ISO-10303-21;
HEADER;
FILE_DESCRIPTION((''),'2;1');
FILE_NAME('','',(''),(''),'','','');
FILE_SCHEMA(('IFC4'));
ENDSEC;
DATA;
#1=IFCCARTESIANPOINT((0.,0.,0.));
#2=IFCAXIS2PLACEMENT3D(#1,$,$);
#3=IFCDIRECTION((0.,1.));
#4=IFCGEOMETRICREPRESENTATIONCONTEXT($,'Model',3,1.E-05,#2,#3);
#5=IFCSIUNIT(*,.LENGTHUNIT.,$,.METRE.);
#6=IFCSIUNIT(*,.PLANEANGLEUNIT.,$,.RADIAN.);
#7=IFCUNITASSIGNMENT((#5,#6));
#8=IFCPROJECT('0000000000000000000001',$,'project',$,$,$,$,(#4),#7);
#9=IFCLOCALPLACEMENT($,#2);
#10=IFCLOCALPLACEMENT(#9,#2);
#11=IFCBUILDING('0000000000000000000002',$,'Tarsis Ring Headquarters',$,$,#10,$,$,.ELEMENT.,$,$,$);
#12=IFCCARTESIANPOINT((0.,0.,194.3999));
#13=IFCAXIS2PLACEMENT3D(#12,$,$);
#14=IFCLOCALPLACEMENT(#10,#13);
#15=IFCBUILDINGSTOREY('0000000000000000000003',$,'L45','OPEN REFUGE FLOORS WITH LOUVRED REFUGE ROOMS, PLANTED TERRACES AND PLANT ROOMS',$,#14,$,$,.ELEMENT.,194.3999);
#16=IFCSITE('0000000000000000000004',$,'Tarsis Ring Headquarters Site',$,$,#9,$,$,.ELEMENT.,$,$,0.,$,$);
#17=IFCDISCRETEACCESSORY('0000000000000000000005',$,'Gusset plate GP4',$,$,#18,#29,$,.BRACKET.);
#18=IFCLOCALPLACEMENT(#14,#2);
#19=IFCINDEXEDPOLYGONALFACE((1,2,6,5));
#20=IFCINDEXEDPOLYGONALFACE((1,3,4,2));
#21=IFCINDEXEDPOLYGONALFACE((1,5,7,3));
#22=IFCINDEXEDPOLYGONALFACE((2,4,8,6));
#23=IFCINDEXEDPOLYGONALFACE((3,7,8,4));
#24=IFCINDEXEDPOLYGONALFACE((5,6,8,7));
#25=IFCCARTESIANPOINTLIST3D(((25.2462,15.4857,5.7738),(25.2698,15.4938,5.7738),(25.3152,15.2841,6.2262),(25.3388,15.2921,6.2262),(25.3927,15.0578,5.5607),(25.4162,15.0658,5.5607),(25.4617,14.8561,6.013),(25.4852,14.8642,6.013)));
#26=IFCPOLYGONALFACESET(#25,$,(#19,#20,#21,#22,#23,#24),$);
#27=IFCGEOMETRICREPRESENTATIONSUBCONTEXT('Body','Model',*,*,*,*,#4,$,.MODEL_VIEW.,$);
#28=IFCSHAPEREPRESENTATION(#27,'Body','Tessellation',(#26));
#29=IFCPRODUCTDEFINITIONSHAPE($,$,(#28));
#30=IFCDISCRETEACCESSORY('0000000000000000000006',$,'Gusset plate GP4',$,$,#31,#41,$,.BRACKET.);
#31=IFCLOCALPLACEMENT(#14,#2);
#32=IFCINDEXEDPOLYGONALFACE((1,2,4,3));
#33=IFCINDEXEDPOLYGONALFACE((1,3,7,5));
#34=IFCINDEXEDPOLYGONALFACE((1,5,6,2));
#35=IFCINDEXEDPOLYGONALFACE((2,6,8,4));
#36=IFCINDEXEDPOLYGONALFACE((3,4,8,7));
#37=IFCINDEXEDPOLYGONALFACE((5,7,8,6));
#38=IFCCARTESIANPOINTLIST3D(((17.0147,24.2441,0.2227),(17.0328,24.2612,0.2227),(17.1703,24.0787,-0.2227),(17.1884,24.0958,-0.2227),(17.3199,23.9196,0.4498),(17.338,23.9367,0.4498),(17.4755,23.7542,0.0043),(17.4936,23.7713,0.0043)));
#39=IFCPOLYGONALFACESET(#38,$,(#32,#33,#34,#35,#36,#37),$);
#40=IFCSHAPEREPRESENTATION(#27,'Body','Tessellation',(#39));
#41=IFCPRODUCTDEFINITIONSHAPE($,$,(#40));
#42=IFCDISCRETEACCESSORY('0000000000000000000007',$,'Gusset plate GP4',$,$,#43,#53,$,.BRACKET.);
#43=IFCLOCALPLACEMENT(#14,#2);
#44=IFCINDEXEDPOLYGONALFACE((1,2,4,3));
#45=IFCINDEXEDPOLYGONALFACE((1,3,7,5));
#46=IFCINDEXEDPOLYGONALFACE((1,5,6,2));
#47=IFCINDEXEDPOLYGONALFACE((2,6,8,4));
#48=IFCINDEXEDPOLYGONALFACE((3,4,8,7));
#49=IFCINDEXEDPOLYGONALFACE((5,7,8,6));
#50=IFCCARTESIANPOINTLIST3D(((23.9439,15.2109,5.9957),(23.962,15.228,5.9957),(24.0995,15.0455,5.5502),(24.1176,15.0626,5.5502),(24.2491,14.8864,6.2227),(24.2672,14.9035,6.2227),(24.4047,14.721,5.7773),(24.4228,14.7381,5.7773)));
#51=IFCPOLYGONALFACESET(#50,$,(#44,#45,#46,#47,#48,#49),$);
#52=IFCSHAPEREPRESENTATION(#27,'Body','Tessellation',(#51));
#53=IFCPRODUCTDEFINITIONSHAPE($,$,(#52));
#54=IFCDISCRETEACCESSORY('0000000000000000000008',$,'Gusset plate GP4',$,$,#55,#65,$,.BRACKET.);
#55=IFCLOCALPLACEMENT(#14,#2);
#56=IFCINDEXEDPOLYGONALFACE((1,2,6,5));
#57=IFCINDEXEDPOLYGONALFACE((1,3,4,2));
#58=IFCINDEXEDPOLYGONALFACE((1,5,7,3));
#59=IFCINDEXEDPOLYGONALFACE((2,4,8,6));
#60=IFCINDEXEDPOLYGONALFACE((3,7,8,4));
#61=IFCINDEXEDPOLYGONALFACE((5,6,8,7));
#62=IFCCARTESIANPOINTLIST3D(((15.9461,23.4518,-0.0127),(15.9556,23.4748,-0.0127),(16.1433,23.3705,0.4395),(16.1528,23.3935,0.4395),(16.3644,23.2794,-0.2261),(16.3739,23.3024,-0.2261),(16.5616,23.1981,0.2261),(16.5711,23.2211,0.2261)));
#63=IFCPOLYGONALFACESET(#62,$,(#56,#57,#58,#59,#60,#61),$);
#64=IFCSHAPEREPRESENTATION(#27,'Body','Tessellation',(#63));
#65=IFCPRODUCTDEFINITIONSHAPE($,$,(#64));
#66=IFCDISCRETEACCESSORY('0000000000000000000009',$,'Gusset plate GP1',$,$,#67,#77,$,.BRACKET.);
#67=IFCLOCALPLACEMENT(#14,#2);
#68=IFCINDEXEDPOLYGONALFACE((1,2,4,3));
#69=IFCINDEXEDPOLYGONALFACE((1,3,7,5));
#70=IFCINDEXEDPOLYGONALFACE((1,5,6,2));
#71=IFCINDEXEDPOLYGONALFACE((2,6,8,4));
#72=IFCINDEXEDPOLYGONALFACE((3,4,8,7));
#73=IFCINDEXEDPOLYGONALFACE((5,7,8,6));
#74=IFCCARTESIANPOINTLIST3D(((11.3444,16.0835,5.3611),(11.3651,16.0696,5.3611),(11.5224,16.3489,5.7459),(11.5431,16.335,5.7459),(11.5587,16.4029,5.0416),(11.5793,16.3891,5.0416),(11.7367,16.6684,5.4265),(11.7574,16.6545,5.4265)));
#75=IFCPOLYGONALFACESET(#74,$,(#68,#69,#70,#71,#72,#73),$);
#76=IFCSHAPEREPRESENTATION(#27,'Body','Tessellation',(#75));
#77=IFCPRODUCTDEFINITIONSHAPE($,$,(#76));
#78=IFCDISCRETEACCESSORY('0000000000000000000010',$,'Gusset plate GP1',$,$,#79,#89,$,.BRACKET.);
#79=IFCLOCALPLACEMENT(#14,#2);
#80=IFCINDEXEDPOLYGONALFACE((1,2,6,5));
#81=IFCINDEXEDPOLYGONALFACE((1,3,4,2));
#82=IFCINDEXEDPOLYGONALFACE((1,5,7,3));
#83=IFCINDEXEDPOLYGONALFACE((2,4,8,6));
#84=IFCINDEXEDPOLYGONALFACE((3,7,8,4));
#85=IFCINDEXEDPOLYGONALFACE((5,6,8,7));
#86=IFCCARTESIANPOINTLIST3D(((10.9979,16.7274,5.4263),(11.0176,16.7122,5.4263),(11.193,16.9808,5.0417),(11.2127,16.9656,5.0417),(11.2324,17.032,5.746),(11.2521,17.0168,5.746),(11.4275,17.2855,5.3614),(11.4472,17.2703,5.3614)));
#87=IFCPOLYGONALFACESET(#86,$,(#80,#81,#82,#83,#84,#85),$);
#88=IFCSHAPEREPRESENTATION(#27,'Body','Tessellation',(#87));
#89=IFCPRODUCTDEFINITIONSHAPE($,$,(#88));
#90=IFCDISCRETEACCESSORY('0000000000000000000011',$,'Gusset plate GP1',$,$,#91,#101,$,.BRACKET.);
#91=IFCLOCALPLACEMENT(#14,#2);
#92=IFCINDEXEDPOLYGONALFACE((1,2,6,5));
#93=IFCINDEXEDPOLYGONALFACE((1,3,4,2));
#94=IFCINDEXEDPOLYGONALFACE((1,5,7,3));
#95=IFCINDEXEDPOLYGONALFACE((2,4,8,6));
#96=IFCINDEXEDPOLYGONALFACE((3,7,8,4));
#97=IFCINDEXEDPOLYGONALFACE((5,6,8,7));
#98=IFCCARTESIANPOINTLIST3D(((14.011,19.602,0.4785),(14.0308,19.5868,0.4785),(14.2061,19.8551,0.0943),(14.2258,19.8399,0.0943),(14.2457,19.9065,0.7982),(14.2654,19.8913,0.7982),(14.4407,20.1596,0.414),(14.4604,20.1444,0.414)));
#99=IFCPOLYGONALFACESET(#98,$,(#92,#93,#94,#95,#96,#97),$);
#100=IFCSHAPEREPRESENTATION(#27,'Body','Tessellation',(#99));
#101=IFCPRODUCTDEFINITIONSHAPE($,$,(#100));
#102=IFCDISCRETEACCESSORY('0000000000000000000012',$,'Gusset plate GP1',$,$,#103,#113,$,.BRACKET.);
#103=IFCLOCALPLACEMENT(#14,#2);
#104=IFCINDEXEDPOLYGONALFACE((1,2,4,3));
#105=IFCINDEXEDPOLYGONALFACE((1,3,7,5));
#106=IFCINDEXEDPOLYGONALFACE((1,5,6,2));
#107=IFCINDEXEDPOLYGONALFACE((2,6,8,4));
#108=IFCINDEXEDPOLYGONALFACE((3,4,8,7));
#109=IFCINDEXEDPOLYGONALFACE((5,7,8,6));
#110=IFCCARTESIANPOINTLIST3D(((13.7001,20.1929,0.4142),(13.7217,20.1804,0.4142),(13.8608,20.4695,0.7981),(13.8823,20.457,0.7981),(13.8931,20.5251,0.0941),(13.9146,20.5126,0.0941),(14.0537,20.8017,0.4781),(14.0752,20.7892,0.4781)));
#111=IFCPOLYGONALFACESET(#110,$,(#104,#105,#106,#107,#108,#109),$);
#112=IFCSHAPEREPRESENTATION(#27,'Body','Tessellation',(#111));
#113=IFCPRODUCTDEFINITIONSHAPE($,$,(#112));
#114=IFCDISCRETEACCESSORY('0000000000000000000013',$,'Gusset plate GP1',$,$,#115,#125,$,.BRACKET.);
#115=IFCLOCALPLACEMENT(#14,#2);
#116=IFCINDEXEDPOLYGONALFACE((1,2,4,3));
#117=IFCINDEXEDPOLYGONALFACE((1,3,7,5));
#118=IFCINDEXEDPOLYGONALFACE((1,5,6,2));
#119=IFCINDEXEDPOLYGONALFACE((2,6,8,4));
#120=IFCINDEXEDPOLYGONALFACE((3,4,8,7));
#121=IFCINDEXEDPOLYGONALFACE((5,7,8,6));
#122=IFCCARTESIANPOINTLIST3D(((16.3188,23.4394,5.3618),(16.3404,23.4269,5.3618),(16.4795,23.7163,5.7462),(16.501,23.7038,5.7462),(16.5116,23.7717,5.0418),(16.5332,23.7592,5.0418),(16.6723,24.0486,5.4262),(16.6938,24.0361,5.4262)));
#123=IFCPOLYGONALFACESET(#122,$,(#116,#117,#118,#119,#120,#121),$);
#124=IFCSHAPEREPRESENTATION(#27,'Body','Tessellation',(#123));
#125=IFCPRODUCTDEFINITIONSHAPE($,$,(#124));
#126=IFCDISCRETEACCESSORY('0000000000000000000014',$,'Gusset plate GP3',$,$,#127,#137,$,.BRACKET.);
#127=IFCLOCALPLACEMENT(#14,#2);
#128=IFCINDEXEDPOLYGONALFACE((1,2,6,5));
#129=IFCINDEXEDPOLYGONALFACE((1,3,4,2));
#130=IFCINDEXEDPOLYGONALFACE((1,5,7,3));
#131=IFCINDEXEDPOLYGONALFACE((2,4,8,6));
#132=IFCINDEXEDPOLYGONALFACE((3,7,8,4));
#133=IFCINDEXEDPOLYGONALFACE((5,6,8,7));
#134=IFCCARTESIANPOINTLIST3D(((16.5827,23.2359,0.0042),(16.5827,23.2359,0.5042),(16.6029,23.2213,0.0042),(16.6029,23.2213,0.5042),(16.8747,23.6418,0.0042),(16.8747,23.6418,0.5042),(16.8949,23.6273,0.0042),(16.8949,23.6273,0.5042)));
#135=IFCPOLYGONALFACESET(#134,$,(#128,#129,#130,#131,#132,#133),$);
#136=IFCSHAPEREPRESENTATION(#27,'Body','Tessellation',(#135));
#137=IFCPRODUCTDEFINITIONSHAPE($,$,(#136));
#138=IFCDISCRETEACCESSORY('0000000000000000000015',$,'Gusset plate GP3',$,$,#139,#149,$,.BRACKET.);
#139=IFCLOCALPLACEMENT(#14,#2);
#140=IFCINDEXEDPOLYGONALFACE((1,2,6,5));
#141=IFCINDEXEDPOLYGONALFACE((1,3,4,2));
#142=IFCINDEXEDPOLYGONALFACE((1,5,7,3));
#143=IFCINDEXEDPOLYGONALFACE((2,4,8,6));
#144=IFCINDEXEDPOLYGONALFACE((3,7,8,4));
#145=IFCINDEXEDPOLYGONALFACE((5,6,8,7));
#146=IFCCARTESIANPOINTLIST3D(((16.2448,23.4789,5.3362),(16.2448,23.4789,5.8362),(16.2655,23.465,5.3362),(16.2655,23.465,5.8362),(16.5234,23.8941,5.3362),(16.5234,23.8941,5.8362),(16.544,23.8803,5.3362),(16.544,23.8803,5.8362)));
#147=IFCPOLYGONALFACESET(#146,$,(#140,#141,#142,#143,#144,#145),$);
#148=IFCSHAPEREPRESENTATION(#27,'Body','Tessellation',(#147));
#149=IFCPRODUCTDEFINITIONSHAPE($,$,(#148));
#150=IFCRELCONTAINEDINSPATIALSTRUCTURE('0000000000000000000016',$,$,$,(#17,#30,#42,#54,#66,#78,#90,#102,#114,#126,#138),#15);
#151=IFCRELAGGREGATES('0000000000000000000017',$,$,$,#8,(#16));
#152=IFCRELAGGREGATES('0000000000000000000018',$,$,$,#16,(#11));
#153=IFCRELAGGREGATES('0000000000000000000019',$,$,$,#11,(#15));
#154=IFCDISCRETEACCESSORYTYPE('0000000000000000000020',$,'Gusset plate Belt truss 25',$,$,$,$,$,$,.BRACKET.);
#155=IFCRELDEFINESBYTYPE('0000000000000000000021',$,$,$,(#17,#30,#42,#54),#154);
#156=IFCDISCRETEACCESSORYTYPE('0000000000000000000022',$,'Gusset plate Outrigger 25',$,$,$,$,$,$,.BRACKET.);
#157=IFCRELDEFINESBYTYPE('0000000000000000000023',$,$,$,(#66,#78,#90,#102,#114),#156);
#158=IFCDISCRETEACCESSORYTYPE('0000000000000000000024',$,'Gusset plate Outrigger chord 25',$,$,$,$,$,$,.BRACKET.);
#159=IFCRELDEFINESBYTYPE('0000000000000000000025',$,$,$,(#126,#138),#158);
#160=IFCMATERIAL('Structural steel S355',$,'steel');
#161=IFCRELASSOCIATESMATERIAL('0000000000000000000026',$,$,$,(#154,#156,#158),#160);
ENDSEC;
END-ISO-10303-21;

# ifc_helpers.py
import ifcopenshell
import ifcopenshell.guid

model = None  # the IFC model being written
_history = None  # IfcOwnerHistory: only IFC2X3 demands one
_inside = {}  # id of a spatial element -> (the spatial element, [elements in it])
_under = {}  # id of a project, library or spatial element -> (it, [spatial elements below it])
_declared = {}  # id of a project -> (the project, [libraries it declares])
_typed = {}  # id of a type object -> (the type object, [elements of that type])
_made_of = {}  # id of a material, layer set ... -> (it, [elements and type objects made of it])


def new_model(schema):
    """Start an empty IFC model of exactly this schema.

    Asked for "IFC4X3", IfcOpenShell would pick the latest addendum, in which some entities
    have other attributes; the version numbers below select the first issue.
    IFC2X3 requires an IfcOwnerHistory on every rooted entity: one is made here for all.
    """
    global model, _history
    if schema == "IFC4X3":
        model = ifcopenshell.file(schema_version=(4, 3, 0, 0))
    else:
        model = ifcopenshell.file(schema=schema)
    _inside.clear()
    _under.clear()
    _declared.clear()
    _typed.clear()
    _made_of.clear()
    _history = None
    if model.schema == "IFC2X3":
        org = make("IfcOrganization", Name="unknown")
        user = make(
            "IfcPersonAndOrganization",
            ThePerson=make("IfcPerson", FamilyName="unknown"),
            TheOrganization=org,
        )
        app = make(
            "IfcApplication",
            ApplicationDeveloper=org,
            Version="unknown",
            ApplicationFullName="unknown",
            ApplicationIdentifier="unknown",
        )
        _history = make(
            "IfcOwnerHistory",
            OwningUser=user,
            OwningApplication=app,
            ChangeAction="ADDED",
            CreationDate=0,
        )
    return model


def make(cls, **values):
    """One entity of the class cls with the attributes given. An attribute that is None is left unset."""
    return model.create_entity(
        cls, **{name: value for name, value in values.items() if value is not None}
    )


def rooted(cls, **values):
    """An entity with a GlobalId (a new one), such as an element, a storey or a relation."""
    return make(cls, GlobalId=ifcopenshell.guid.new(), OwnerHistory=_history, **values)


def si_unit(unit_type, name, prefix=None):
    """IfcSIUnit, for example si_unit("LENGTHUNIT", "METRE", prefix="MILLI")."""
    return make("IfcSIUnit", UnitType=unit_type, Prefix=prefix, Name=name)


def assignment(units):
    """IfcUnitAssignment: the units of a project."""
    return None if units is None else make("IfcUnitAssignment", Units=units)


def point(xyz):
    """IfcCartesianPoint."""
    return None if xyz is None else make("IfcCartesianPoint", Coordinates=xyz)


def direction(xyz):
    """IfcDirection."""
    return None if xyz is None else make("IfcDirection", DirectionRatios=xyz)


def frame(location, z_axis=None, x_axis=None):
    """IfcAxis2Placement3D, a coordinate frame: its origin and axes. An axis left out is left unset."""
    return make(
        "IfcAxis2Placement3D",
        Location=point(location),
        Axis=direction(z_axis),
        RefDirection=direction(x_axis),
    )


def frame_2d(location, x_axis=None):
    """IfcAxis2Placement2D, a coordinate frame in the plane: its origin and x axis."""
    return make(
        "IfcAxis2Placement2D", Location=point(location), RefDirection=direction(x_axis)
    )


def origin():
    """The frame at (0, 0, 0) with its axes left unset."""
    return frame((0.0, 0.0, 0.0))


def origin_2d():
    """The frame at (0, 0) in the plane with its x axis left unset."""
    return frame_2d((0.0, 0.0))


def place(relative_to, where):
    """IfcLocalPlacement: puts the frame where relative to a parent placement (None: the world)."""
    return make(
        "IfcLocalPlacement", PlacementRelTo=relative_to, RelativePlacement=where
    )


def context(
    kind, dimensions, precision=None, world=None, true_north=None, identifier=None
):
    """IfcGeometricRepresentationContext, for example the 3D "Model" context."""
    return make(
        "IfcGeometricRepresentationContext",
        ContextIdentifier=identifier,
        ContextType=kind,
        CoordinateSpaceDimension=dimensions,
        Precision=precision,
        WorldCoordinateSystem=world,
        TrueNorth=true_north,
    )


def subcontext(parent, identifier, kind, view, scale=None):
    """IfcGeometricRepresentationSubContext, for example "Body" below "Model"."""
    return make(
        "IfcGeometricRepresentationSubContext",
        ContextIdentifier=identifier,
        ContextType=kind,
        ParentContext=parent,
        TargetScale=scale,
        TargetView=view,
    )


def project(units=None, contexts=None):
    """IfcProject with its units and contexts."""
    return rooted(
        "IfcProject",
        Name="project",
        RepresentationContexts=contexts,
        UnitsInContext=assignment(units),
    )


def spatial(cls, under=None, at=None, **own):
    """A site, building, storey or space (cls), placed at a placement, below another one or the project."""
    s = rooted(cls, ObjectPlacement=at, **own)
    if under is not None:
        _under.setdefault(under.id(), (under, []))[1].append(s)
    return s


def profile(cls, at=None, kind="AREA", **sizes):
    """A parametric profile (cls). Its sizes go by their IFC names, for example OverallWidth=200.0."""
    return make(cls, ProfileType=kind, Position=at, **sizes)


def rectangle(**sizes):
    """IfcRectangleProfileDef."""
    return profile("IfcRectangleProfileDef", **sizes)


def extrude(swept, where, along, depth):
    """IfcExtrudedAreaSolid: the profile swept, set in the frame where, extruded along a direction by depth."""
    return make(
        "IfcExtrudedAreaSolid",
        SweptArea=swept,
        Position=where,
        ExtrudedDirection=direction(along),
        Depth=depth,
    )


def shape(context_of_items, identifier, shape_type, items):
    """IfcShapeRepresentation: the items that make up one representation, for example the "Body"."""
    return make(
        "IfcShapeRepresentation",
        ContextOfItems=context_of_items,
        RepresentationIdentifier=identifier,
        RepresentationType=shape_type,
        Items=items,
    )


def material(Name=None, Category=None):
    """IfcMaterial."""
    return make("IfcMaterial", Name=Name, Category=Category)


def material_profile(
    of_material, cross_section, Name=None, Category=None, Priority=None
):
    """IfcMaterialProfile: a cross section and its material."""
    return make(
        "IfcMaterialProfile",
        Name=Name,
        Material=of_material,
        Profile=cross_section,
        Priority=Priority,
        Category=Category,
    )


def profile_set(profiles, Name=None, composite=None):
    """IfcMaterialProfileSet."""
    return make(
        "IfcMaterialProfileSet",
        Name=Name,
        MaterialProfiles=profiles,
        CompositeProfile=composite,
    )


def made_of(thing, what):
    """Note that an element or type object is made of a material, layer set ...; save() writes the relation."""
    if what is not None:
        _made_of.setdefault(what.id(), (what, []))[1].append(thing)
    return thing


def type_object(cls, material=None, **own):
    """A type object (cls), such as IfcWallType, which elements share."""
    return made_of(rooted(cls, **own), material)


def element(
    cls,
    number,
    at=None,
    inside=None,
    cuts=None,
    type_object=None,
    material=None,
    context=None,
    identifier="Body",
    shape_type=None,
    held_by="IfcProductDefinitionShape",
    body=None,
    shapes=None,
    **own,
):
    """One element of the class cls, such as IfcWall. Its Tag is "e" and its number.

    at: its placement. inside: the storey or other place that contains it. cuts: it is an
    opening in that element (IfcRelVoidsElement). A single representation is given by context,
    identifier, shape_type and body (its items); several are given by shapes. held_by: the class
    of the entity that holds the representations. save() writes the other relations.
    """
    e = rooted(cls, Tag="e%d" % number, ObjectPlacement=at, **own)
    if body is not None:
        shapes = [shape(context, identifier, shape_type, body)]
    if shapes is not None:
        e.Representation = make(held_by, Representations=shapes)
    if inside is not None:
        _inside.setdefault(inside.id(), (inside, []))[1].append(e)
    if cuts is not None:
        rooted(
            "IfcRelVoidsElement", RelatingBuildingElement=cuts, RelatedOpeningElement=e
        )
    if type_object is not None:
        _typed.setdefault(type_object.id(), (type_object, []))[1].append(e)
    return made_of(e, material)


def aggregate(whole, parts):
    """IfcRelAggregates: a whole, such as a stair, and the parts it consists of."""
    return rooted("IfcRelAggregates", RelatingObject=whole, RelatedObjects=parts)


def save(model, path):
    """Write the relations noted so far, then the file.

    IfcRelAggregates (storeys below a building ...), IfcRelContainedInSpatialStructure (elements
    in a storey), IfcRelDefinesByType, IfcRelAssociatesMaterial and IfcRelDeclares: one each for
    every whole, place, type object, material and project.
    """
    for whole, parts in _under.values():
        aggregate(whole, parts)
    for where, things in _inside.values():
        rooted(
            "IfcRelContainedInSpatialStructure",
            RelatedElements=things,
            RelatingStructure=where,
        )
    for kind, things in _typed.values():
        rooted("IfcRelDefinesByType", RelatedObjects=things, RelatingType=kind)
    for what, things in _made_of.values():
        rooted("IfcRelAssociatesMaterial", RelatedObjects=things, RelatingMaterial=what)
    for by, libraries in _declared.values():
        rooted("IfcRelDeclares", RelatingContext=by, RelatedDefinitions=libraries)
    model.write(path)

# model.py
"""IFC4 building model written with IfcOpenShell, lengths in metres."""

from ifc_helpers import new_model, si_unit, direction, frame, origin, origin_2d, place, context, subcontext, project, spatial, rectangle, extrude, material, material_profile, profile_set, type_object, element, save


model = new_model("IFC4")

# Units and contexts
model_context = context("Model", 3, precision=1e-05, world=origin(), true_north=direction((0.0, 1.0)))
body_context = subcontext(model_context, "Body", "Model", "MODEL_VIEW")
ifc_project = project(units=[si_unit("LENGTHUNIT", "METRE"), si_unit("PLANEANGLEUNIT", "RADIAN")], contexts=[model_context])

# Site, building, storey
site_placement = place(None, origin())
site = spatial("IfcSite", under=ifc_project, at=site_placement, Name="Tarsis Ring Headquarters Site", CompositionType="ELEMENT", RefElevation=0.0)
building_placement = place(site_placement, origin())
building = spatial("IfcBuilding", under=site, at=building_placement, Name="Tarsis Ring Headquarters", CompositionType="ELEMENT")
storey_placement = place(building_placement, frame((0.0, 0.0, 194.3999)))
storey = spatial("IfcBuildingStorey", under=building, at=storey_placement, Name="L45", Description="OPEN REFUGE FLOORS WITH LOUVRED REFUGE ROOMS, PLANTED TERRACES AND PLANT ROOMS", CompositionType="ELEMENT", Elevation=194.3999)

# Shared definitions
ifc_material_1 = material(Name="Structural steel S355", Category="steel")

# Discrete accessories
ifc_material_profile_1 = material_profile(ifc_material_1, rectangle(XDim=0.0249, YDim=0.5, at=origin_2d()), Name="PL 25x500")
ifc_profile_set_1 = profile_set([ifc_material_profile_1], Name="Structural steel S355")
discrete_accessory_type_1 = type_object("IfcDiscreteAccessoryType", Name="Gusset plate Belt truss 25", PredefinedType="BRACKET", material=ifc_profile_set_1)
for number, where, z_axis, x_axis, name in (
    (1, (25.2925, 15.3889, 6.0), (0.29294, -0.855872, -0.426227), (0.946116, 0.323828, 0.0), "Gusset plate GP4"),
    (2, (17.1016, 24.1699, 0.0), (0.6104, -0.648977, 0.454137), (0.728425, 0.685125, 0.0), "Gusset plate GP4"),
    (3, (24.3359, 14.8123, 6.0), (-0.6104, 0.648977, -0.454137), (-0.728425, -0.685125, 0.0), "Gusset plate GP4"),
):
    element("IfcDiscreteAccessory", number, at=place(storey_placement, frame(where, z_axis=z_axis, x_axis=x_axis)), inside=storey, type_object=discrete_accessory_type_1, Name=name, PredefinedType="BRACKET", context=body_context, shape_type="SweptSolid", body=[
        extrude(rectangle(XDim=0.0249, YDim=0.5, at=origin_2d()), origin(), (0.0, 0.0, 1.0), 0.5),
    ])
discrete_accessory_1_placement = place(storey_placement, frame((16.4678, 23.2502, 0.0), z_axis=(-0.836189, 0.344629, 0.426637), x_axis=(-0.381048, -0.924555, 0.0)))
element("IfcDiscreteAccessory", 4, at=discrete_accessory_1_placement, inside=storey, type_object=discrete_accessory_type_1, Name="Gusset plate GP4", PredefinedType="BRACKET", context=body_context, shape_type="SweptSolid", body=[
    extrude(rectangle(XDim=0.0249, YDim=0.5, at=origin_2d()), origin(), (0.0, 0.0, 1.0), 0.5002),
])
discrete_accessory_type_2 = type_object("IfcDiscreteAccessoryType", Name="Gusset plate Outrigger 25", PredefinedType="BRACKET", material=ifc_profile_set_1)
for number, where, z_axis, x_axis, name in (
    (5, (11.6399, 16.5017, 5.5862), (-0.355852, -0.530605, -0.769304), (0.830519, -0.55699, 0.0), "Gusset plate GP1"),
    (6, (11.125, 16.8721, 5.5862), (0.390036, 0.506705, -0.768844), (-0.792425, 0.609969, 0.0), "Gusset plate GP1"),
):
    element("IfcDiscreteAccessory", number, at=place(storey_placement, frame(where, z_axis=z_axis, x_axis=x_axis)), inside=storey, type_object=discrete_accessory_type_2, Name=name, PredefinedType="BRACKET", context=body_context, shape_type="SweptSolid", body=[
        extrude(rectangle(XDim=0.0249, YDim=0.5, at=origin_2d()), origin(), (0.0, 0.0, 1.0), 0.5002),
    ])
for number, where, z_axis, x_axis, name in (
    (7, (14.3333, 19.9998, 0.2542), (-0.390279, -0.506532, 0.768835), (0.792141, -0.610338, 0.0), "Gusset plate GP1"),
    (8, (13.8074, 20.3528, 0.2542), (0.321416, 0.553442, 0.768371), (-0.864746, 0.502209, 0.0), "Gusset plate GP1"),
):
    element("IfcDiscreteAccessory", number, at=place(storey_placement, frame(where, z_axis=z_axis, x_axis=x_axis)), inside=storey, type_object=discrete_accessory_type_2, Name=name, PredefinedType="BRACKET", context=body_context, shape_type="SweptSolid", body=[
        extrude(rectangle(XDim=0.0249, YDim=0.5, at=origin_2d()), origin(), (0.0, 0.0, 1.0), 0.4998),
    ])
discrete_accessory_2_placement = place(storey_placement, frame((16.5867, 23.8762, 5.5862), z_axis=(-0.321209, -0.553573, -0.768363), x_axis=(0.864938, -0.501878, 0.0)))
element("IfcDiscreteAccessory", 9, at=discrete_accessory_2_placement, inside=storey, type_object=discrete_accessory_type_2, Name="Gusset plate GP1", PredefinedType="BRACKET", context=body_context, shape_type="SweptSolid", body=[
    extrude(rectangle(XDim=0.0249, YDim=0.5, at=origin_2d()), origin(), (0.0, 0.0, 1.0), 0.5002),
])
discrete_accessory_type_3 = type_object("IfcDiscreteAccessoryType", Name="Gusset plate Outrigger chord 25", PredefinedType="BRACKET", material=ifc_profile_set_1)
for number, where, z_axis, x_axis, name in (
    (10, (16.8848, 23.6345, 0.2542), (-0.583867, -0.811849, 0.0), (0.811849, -0.583867, 0.0), "Gusset plate GP3"),
    (11, (16.5337, 23.8872, 5.5862), (-0.557064, -0.83047, 0.0), (0.83047, -0.557064, 0.0), "Gusset plate GP3"),
):
    element("IfcDiscreteAccessory", number, at=place(storey_placement, frame(where, z_axis=z_axis, x_axis=x_axis)), inside=storey, type_object=discrete_accessory_type_3, Name=name, PredefinedType="BRACKET", context=body_context, shape_type="SweptSolid", body=[
        extrude(rectangle(XDim=0.0249, YDim=0.5, at=origin_2d()), origin(), (0.0, 0.0, 1.0), 0.5),
    ])

save(model, "model.ifc")
